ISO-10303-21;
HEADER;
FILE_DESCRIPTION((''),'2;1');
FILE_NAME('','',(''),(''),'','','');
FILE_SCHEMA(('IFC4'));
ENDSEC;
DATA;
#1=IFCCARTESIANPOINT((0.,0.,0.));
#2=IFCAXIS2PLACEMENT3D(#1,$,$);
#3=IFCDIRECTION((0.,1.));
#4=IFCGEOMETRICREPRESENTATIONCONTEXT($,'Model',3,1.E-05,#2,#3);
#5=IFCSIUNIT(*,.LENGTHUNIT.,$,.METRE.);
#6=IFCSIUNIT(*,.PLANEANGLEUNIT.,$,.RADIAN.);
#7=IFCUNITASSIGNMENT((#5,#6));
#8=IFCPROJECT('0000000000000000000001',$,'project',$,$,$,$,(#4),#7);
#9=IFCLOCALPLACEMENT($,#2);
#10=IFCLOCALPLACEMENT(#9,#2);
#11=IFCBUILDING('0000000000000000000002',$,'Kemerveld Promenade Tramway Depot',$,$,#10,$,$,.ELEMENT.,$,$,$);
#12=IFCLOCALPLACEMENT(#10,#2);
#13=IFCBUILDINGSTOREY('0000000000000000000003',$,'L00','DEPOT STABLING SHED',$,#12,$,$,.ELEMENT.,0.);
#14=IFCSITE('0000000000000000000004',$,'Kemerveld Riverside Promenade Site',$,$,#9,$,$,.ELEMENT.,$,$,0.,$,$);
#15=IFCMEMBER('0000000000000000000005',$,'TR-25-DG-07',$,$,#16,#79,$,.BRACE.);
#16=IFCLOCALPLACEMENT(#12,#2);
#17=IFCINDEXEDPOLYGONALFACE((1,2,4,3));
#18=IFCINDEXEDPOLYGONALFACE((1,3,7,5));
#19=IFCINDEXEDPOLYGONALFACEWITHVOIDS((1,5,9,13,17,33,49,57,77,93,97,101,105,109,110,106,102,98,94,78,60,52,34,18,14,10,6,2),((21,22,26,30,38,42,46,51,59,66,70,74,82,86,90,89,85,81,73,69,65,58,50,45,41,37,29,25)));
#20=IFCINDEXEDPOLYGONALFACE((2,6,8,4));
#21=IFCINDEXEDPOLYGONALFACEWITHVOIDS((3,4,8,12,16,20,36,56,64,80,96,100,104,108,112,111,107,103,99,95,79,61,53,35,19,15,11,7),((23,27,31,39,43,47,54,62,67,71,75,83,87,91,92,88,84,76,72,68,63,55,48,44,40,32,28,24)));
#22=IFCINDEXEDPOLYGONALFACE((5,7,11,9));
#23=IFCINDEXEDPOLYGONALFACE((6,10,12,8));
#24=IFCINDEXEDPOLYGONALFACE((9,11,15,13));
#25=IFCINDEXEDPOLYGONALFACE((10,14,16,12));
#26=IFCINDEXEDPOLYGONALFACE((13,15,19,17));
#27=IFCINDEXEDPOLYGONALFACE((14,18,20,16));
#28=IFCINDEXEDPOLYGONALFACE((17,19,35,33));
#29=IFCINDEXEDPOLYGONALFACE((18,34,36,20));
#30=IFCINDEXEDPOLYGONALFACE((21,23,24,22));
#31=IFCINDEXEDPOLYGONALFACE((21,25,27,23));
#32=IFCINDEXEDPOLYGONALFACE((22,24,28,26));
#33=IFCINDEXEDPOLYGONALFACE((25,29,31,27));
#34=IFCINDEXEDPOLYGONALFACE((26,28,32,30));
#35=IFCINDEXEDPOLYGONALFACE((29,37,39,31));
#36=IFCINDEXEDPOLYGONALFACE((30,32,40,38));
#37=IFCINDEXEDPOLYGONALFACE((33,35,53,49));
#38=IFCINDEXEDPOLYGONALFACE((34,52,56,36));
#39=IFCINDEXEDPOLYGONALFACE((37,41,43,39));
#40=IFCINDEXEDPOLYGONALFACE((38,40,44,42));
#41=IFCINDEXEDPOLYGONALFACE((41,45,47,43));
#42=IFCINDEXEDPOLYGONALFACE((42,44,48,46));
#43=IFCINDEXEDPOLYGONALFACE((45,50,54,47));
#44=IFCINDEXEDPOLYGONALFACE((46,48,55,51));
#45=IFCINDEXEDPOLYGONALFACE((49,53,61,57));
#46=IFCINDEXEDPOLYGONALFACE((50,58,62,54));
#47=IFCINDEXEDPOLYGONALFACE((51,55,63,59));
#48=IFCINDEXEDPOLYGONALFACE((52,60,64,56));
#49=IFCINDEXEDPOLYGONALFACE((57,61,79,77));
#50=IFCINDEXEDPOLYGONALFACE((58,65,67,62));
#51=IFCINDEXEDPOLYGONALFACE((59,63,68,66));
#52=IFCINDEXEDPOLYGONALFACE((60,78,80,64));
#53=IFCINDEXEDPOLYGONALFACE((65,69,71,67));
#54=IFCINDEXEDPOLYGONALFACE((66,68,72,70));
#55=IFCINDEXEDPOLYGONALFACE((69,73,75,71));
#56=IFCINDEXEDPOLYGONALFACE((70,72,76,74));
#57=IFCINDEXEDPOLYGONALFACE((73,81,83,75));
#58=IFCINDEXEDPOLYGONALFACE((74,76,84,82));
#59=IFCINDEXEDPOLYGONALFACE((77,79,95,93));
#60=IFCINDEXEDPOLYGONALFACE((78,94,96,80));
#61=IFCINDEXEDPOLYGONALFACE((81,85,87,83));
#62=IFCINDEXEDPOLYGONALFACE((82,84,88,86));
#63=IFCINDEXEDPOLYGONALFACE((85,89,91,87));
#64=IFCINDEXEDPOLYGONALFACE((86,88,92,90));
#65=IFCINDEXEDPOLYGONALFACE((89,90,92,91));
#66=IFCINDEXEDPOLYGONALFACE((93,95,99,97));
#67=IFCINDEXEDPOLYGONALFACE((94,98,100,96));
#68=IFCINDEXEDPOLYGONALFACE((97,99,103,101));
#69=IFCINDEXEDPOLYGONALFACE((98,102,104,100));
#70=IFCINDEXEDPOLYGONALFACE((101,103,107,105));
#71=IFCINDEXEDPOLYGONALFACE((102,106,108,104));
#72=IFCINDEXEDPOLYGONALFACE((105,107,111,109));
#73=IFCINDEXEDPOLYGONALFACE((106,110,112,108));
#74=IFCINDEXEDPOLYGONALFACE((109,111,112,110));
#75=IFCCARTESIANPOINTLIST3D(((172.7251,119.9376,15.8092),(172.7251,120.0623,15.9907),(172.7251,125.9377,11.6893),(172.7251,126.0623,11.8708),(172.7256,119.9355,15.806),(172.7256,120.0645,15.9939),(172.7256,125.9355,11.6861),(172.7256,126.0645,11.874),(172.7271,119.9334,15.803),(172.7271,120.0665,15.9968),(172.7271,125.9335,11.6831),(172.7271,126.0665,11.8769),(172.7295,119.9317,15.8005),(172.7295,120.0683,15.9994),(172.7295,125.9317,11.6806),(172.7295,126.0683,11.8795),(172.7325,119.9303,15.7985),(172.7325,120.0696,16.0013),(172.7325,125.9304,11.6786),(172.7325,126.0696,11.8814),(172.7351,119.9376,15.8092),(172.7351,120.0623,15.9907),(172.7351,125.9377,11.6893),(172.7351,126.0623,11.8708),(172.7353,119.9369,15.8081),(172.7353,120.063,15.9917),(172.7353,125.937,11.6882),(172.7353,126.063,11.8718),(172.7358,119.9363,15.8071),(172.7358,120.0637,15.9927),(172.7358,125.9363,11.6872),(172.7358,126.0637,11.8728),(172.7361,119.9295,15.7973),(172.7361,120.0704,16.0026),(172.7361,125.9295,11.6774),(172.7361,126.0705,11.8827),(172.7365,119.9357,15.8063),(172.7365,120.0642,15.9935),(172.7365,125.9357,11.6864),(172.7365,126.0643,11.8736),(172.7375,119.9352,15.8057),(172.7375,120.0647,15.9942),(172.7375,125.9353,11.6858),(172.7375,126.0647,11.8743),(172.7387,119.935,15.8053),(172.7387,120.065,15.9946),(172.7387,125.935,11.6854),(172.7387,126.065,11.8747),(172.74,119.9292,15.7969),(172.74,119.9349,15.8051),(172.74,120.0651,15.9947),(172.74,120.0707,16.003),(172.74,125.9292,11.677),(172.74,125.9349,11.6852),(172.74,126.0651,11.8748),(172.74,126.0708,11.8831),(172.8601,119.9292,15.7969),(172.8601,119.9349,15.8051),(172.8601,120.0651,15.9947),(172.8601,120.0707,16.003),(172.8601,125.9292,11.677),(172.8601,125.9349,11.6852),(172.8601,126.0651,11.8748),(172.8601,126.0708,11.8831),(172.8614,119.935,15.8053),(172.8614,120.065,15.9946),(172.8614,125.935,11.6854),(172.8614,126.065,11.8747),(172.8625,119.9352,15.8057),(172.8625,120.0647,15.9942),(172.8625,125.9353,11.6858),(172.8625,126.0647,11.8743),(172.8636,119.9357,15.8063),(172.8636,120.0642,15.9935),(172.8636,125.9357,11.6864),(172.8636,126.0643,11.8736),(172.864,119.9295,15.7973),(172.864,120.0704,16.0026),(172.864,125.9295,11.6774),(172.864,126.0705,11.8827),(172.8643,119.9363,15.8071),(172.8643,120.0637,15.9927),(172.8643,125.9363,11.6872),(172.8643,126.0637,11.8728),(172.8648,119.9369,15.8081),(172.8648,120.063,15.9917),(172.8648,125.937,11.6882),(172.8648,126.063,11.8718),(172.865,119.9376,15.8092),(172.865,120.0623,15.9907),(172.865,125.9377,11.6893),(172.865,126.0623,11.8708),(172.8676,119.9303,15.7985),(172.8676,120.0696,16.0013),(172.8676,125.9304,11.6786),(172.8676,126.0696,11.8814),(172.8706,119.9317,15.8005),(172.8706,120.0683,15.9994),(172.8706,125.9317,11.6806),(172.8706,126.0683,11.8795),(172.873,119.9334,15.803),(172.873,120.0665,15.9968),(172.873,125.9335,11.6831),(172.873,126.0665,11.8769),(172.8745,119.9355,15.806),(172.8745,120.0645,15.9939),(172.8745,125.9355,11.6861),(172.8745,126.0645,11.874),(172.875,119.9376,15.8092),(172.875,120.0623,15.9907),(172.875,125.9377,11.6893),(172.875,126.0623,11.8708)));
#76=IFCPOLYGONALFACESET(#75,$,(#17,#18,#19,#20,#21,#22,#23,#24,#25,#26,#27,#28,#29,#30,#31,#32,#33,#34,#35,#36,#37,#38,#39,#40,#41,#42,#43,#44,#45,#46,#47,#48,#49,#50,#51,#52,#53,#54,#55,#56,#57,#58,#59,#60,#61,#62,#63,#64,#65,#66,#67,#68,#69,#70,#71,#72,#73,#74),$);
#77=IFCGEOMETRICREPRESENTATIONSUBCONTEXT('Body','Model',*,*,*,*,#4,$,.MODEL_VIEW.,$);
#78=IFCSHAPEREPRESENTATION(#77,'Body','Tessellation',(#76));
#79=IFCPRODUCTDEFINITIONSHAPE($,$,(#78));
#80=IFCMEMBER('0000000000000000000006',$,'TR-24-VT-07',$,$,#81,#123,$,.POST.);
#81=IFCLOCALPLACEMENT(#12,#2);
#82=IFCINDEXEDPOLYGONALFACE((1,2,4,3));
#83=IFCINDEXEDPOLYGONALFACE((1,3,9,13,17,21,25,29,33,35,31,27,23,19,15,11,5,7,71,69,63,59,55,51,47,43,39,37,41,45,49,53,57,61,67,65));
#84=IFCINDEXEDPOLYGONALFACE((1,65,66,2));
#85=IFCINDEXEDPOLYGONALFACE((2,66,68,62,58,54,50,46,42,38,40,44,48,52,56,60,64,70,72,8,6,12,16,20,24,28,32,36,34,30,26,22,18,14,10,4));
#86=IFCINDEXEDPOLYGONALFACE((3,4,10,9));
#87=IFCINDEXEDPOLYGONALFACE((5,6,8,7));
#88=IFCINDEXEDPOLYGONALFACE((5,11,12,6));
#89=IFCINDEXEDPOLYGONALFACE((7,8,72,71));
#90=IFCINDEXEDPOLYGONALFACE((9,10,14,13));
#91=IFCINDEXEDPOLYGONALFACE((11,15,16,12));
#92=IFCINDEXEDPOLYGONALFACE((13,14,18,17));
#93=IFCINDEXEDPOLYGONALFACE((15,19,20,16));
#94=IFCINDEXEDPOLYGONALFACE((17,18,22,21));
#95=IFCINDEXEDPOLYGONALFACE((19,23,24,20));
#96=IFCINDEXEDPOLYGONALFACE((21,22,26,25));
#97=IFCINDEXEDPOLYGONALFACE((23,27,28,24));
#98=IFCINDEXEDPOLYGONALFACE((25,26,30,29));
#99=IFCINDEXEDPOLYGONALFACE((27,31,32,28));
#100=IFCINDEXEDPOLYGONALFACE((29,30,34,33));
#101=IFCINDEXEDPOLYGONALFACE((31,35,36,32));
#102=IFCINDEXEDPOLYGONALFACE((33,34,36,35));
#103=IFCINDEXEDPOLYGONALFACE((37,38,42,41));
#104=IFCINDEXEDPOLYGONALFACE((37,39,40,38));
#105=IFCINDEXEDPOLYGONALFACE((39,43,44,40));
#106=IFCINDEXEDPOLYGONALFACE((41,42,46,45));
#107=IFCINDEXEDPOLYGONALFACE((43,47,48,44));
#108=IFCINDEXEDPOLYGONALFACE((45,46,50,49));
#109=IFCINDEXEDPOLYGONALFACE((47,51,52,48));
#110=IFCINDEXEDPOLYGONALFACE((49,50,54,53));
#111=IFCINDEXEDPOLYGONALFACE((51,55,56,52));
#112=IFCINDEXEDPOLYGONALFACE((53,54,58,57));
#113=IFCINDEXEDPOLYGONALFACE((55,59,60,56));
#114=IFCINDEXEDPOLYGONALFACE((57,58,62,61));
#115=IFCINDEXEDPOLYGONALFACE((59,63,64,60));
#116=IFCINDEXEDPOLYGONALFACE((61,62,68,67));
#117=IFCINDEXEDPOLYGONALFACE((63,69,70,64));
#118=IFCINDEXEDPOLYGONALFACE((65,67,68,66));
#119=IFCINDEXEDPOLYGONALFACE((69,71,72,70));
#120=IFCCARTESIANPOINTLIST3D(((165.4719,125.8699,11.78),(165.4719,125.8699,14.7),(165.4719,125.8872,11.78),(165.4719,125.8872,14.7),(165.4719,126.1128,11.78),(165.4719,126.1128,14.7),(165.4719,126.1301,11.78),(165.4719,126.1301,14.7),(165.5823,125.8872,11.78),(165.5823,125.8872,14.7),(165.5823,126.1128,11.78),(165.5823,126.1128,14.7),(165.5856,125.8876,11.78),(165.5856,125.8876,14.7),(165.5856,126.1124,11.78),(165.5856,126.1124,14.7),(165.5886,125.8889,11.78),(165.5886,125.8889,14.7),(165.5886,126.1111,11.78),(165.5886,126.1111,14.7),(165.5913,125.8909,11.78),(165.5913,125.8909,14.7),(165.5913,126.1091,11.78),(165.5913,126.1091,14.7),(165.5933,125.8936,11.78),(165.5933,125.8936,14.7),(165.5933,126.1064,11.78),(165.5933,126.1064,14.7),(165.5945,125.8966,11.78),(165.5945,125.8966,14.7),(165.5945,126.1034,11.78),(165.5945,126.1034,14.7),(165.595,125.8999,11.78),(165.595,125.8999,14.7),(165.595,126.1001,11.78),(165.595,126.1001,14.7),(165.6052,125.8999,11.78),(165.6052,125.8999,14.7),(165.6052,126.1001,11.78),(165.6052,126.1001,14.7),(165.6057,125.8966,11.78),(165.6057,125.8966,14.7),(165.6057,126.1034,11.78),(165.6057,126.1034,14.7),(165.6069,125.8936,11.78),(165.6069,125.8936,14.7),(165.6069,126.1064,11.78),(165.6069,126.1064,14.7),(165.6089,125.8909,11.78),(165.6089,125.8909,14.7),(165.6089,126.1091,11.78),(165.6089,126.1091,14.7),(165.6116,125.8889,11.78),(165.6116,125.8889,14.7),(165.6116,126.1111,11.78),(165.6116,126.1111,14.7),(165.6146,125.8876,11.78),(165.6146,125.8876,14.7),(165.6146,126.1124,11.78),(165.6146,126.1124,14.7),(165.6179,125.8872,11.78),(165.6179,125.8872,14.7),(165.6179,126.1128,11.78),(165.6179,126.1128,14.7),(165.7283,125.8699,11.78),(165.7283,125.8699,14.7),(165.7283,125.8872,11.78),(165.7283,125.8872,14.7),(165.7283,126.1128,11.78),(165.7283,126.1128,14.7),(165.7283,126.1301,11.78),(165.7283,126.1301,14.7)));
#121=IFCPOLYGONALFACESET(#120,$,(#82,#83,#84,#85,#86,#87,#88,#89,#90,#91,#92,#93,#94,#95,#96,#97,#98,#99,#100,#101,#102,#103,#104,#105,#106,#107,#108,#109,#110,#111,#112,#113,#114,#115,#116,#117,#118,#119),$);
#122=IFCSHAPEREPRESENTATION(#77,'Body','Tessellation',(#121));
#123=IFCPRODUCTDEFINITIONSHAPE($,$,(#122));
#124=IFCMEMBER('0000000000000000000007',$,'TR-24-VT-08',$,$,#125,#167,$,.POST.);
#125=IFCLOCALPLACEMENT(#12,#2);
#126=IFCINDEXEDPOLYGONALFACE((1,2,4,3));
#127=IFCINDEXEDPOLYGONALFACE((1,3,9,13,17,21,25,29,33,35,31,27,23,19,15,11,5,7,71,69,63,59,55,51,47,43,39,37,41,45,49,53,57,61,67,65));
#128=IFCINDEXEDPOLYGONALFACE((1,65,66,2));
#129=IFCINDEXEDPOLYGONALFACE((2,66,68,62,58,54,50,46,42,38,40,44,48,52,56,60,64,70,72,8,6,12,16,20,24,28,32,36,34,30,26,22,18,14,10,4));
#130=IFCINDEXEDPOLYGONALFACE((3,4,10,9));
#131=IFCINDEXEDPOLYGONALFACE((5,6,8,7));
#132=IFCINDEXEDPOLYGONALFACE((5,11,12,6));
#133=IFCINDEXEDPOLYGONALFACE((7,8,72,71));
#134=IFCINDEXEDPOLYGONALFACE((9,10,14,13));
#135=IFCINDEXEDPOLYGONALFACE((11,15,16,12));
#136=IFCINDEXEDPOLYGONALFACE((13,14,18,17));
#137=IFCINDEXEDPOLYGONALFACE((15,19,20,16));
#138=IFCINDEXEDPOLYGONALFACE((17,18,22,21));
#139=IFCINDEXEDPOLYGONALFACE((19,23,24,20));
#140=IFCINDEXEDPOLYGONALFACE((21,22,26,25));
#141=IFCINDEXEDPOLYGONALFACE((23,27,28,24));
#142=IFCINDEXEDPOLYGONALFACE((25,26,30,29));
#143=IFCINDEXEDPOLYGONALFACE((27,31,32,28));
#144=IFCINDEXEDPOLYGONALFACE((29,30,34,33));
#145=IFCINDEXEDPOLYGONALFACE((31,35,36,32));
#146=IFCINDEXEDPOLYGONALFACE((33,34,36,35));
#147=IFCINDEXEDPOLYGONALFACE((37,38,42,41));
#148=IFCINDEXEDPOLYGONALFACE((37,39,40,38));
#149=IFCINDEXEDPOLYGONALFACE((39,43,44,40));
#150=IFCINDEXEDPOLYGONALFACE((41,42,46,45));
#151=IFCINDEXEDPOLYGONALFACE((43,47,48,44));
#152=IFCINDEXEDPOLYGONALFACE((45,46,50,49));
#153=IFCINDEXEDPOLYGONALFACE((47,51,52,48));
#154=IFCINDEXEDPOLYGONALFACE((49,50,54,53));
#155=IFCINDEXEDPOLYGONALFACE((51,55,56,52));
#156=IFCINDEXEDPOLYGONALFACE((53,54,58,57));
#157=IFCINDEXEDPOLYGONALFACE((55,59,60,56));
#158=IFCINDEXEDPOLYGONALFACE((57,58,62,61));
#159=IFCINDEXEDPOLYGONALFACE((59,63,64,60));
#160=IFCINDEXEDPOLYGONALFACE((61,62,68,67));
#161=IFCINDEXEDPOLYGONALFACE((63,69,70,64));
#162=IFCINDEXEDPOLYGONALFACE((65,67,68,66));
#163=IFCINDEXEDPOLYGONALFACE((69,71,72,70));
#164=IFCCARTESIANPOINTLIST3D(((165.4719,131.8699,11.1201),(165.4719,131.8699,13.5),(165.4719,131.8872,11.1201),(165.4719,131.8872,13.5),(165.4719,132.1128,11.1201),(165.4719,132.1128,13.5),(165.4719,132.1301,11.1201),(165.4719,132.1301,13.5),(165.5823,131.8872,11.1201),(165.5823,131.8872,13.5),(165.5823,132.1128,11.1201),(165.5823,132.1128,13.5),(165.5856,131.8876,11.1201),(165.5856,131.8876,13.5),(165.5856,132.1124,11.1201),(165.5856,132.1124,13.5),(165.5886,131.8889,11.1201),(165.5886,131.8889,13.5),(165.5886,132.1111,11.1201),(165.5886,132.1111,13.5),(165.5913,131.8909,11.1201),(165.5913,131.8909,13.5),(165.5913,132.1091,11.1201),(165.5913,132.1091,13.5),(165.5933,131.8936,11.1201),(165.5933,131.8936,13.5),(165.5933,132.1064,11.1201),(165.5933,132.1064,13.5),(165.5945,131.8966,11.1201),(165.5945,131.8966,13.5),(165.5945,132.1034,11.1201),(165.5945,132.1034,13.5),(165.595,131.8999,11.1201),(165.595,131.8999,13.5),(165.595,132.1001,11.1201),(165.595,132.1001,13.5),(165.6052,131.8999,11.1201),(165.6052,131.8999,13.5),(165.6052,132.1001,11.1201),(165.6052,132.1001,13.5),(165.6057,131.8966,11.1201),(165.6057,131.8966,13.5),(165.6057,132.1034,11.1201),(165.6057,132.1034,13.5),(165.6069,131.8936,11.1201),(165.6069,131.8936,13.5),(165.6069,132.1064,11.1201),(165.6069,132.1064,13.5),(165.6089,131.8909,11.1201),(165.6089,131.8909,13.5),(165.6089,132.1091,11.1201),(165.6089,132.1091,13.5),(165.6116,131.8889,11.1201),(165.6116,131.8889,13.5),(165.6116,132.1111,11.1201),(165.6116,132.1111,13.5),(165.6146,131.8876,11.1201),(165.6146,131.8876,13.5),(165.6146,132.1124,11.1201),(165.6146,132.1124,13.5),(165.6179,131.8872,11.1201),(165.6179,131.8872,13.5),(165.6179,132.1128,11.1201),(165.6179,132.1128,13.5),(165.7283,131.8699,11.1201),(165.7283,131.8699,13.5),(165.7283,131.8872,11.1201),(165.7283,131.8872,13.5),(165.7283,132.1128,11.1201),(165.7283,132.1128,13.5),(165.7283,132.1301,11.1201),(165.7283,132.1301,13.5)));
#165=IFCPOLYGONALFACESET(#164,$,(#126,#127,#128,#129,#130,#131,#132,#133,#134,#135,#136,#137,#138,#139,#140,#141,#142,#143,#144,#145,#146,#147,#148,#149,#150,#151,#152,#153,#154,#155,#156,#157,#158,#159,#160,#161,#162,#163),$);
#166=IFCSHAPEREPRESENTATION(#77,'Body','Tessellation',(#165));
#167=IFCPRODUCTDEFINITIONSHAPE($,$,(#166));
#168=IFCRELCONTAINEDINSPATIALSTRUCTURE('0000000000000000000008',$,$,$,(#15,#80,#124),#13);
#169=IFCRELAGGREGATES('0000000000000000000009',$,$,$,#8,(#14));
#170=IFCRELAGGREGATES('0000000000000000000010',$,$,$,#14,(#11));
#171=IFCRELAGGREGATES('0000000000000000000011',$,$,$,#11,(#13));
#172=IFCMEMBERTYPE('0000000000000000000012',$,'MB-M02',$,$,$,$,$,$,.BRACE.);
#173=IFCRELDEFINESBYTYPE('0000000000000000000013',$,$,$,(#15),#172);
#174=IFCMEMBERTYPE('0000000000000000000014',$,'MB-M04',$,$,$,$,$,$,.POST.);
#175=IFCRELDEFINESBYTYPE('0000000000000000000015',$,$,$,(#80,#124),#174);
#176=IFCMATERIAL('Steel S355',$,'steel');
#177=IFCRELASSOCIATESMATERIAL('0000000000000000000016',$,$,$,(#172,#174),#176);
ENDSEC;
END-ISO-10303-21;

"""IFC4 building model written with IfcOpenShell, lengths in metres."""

from ifc_helpers import new_model, si_unit, direction, frame, origin, origin_2d, place, context, subcontext, project, spatial, hollow_rectangle, i_section, extrude, material, material_profile, profile_set, type_object, element, save


model = new_model("IFC4")

# Units and contexts
model_context = context("Model", 3, precision=1e-05, world=origin(), true_north=direction((0.0, 1.0)))
body_context = subcontext(model_context, "Body", "Model", "MODEL_VIEW")
ifc_project = project(units=[si_unit("LENGTHUNIT", "METRE"), si_unit("PLANEANGLEUNIT", "RADIAN")], contexts=[model_context])

# Site, building, storey
site_placement = place(None, origin())
site = spatial("IfcSite", under=ifc_project, at=site_placement, Name="Kemerveld Riverside Promenade Site", CompositionType="ELEMENT", RefElevation=0.0)
building_placement = place(site_placement, origin())
building = spatial("IfcBuilding", under=site, at=building_placement, Name="Kemerveld Promenade Tramway Depot", CompositionType="ELEMENT")
storey_placement = place(building_placement, origin())
storey = spatial("IfcBuildingStorey", under=building, at=storey_placement, Name="L00", Description="DEPOT STABLING SHED", CompositionType="ELEMENT", Elevation=0.0)

# Members
ifc_material_1 = material(Name="Steel S355", Category="steel")
ifc_material_profile_1 = material_profile(ifc_material_1, hollow_rectangle(XDim=0.1499, YDim=0.25, WallThickness=0.01, InnerFilletRadius=0.0049, OuterFilletRadius=0.0149, at=origin_2d()), Name="250x150x10.0 RHS")
ifc_profile_set_1 = profile_set([ifc_material_profile_1], Name="Steel S355")
member_type_1 = type_object("IfcMemberType", Name="MB-M02", PredefinedType="BRACE", material=ifc_profile_set_1)
member_1_placement = place(storey_placement, frame((172.8, 126.0, 11.78), z_axis=(0.0, -0.824371, 0.56605), x_axis=(1.0, 0.0, 0.0)))
element("IfcMember", 1, at=member_1_placement, inside=storey, type_object=member_type_1, Name="TR-25-DG-07", PredefinedType="BRACE", context=body_context, shape_type="SweptSolid", body=[
    extrude(hollow_rectangle(XDim=0.1499, YDim=0.25, WallThickness=0.01, InnerFilletRadius=0.0049, OuterFilletRadius=0.0149, at=origin_2d()), origin(), (0.0, 0.0, 1.0), 7.2783),
])
ifc_material_profile_2 = material_profile(ifc_material_1, i_section(OverallWidth=0.2563, OverallDepth=0.2603, WebThickness=0.0103, FlangeThickness=0.0173, FilletRadius=0.0127, at=origin_2d()), Name="254x254x89 UC")
ifc_profile_set_2 = profile_set([ifc_material_profile_2], Name="Steel S355")
member_type_2 = type_object("IfcMemberType", Name="MB-M04", PredefinedType="POST", material=ifc_profile_set_2)
member_2_placement = place(storey_placement, frame((165.6001, 126.0, 11.78), z_axis=(0.0, 0.0, 1.0), x_axis=(1.0, 0.0, 0.0)))
element("IfcMember", 2, at=member_2_placement, inside=storey, type_object=member_type_2, Name="TR-24-VT-07", PredefinedType="POST", context=body_context, shape_type="SweptSolid", body=[
    extrude(i_section(OverallWidth=0.2563, OverallDepth=0.2603, WebThickness=0.0103, FlangeThickness=0.0173, FilletRadius=0.0127, at=origin_2d()), origin(), (0.0, 0.0, 1.0), 2.9199),
])
member_3_placement = place(storey_placement, frame((165.6001, 132.0, 11.1201), z_axis=(0.0, 0.0, 1.0), x_axis=(1.0, 0.0, 0.0)))
element("IfcMember", 3, at=member_3_placement, inside=storey, type_object=member_type_2, Name="TR-24-VT-08", PredefinedType="POST", context=body_context, shape_type="SweptSolid", body=[
    extrude(i_section(OverallWidth=0.2563, OverallDepth=0.2603, WebThickness=0.0103, FlangeThickness=0.0173, FilletRadius=0.0127, at=origin_2d()), origin(), (0.0, 0.0, 1.0), 2.3799),
])

save(model, "model.ifc")
